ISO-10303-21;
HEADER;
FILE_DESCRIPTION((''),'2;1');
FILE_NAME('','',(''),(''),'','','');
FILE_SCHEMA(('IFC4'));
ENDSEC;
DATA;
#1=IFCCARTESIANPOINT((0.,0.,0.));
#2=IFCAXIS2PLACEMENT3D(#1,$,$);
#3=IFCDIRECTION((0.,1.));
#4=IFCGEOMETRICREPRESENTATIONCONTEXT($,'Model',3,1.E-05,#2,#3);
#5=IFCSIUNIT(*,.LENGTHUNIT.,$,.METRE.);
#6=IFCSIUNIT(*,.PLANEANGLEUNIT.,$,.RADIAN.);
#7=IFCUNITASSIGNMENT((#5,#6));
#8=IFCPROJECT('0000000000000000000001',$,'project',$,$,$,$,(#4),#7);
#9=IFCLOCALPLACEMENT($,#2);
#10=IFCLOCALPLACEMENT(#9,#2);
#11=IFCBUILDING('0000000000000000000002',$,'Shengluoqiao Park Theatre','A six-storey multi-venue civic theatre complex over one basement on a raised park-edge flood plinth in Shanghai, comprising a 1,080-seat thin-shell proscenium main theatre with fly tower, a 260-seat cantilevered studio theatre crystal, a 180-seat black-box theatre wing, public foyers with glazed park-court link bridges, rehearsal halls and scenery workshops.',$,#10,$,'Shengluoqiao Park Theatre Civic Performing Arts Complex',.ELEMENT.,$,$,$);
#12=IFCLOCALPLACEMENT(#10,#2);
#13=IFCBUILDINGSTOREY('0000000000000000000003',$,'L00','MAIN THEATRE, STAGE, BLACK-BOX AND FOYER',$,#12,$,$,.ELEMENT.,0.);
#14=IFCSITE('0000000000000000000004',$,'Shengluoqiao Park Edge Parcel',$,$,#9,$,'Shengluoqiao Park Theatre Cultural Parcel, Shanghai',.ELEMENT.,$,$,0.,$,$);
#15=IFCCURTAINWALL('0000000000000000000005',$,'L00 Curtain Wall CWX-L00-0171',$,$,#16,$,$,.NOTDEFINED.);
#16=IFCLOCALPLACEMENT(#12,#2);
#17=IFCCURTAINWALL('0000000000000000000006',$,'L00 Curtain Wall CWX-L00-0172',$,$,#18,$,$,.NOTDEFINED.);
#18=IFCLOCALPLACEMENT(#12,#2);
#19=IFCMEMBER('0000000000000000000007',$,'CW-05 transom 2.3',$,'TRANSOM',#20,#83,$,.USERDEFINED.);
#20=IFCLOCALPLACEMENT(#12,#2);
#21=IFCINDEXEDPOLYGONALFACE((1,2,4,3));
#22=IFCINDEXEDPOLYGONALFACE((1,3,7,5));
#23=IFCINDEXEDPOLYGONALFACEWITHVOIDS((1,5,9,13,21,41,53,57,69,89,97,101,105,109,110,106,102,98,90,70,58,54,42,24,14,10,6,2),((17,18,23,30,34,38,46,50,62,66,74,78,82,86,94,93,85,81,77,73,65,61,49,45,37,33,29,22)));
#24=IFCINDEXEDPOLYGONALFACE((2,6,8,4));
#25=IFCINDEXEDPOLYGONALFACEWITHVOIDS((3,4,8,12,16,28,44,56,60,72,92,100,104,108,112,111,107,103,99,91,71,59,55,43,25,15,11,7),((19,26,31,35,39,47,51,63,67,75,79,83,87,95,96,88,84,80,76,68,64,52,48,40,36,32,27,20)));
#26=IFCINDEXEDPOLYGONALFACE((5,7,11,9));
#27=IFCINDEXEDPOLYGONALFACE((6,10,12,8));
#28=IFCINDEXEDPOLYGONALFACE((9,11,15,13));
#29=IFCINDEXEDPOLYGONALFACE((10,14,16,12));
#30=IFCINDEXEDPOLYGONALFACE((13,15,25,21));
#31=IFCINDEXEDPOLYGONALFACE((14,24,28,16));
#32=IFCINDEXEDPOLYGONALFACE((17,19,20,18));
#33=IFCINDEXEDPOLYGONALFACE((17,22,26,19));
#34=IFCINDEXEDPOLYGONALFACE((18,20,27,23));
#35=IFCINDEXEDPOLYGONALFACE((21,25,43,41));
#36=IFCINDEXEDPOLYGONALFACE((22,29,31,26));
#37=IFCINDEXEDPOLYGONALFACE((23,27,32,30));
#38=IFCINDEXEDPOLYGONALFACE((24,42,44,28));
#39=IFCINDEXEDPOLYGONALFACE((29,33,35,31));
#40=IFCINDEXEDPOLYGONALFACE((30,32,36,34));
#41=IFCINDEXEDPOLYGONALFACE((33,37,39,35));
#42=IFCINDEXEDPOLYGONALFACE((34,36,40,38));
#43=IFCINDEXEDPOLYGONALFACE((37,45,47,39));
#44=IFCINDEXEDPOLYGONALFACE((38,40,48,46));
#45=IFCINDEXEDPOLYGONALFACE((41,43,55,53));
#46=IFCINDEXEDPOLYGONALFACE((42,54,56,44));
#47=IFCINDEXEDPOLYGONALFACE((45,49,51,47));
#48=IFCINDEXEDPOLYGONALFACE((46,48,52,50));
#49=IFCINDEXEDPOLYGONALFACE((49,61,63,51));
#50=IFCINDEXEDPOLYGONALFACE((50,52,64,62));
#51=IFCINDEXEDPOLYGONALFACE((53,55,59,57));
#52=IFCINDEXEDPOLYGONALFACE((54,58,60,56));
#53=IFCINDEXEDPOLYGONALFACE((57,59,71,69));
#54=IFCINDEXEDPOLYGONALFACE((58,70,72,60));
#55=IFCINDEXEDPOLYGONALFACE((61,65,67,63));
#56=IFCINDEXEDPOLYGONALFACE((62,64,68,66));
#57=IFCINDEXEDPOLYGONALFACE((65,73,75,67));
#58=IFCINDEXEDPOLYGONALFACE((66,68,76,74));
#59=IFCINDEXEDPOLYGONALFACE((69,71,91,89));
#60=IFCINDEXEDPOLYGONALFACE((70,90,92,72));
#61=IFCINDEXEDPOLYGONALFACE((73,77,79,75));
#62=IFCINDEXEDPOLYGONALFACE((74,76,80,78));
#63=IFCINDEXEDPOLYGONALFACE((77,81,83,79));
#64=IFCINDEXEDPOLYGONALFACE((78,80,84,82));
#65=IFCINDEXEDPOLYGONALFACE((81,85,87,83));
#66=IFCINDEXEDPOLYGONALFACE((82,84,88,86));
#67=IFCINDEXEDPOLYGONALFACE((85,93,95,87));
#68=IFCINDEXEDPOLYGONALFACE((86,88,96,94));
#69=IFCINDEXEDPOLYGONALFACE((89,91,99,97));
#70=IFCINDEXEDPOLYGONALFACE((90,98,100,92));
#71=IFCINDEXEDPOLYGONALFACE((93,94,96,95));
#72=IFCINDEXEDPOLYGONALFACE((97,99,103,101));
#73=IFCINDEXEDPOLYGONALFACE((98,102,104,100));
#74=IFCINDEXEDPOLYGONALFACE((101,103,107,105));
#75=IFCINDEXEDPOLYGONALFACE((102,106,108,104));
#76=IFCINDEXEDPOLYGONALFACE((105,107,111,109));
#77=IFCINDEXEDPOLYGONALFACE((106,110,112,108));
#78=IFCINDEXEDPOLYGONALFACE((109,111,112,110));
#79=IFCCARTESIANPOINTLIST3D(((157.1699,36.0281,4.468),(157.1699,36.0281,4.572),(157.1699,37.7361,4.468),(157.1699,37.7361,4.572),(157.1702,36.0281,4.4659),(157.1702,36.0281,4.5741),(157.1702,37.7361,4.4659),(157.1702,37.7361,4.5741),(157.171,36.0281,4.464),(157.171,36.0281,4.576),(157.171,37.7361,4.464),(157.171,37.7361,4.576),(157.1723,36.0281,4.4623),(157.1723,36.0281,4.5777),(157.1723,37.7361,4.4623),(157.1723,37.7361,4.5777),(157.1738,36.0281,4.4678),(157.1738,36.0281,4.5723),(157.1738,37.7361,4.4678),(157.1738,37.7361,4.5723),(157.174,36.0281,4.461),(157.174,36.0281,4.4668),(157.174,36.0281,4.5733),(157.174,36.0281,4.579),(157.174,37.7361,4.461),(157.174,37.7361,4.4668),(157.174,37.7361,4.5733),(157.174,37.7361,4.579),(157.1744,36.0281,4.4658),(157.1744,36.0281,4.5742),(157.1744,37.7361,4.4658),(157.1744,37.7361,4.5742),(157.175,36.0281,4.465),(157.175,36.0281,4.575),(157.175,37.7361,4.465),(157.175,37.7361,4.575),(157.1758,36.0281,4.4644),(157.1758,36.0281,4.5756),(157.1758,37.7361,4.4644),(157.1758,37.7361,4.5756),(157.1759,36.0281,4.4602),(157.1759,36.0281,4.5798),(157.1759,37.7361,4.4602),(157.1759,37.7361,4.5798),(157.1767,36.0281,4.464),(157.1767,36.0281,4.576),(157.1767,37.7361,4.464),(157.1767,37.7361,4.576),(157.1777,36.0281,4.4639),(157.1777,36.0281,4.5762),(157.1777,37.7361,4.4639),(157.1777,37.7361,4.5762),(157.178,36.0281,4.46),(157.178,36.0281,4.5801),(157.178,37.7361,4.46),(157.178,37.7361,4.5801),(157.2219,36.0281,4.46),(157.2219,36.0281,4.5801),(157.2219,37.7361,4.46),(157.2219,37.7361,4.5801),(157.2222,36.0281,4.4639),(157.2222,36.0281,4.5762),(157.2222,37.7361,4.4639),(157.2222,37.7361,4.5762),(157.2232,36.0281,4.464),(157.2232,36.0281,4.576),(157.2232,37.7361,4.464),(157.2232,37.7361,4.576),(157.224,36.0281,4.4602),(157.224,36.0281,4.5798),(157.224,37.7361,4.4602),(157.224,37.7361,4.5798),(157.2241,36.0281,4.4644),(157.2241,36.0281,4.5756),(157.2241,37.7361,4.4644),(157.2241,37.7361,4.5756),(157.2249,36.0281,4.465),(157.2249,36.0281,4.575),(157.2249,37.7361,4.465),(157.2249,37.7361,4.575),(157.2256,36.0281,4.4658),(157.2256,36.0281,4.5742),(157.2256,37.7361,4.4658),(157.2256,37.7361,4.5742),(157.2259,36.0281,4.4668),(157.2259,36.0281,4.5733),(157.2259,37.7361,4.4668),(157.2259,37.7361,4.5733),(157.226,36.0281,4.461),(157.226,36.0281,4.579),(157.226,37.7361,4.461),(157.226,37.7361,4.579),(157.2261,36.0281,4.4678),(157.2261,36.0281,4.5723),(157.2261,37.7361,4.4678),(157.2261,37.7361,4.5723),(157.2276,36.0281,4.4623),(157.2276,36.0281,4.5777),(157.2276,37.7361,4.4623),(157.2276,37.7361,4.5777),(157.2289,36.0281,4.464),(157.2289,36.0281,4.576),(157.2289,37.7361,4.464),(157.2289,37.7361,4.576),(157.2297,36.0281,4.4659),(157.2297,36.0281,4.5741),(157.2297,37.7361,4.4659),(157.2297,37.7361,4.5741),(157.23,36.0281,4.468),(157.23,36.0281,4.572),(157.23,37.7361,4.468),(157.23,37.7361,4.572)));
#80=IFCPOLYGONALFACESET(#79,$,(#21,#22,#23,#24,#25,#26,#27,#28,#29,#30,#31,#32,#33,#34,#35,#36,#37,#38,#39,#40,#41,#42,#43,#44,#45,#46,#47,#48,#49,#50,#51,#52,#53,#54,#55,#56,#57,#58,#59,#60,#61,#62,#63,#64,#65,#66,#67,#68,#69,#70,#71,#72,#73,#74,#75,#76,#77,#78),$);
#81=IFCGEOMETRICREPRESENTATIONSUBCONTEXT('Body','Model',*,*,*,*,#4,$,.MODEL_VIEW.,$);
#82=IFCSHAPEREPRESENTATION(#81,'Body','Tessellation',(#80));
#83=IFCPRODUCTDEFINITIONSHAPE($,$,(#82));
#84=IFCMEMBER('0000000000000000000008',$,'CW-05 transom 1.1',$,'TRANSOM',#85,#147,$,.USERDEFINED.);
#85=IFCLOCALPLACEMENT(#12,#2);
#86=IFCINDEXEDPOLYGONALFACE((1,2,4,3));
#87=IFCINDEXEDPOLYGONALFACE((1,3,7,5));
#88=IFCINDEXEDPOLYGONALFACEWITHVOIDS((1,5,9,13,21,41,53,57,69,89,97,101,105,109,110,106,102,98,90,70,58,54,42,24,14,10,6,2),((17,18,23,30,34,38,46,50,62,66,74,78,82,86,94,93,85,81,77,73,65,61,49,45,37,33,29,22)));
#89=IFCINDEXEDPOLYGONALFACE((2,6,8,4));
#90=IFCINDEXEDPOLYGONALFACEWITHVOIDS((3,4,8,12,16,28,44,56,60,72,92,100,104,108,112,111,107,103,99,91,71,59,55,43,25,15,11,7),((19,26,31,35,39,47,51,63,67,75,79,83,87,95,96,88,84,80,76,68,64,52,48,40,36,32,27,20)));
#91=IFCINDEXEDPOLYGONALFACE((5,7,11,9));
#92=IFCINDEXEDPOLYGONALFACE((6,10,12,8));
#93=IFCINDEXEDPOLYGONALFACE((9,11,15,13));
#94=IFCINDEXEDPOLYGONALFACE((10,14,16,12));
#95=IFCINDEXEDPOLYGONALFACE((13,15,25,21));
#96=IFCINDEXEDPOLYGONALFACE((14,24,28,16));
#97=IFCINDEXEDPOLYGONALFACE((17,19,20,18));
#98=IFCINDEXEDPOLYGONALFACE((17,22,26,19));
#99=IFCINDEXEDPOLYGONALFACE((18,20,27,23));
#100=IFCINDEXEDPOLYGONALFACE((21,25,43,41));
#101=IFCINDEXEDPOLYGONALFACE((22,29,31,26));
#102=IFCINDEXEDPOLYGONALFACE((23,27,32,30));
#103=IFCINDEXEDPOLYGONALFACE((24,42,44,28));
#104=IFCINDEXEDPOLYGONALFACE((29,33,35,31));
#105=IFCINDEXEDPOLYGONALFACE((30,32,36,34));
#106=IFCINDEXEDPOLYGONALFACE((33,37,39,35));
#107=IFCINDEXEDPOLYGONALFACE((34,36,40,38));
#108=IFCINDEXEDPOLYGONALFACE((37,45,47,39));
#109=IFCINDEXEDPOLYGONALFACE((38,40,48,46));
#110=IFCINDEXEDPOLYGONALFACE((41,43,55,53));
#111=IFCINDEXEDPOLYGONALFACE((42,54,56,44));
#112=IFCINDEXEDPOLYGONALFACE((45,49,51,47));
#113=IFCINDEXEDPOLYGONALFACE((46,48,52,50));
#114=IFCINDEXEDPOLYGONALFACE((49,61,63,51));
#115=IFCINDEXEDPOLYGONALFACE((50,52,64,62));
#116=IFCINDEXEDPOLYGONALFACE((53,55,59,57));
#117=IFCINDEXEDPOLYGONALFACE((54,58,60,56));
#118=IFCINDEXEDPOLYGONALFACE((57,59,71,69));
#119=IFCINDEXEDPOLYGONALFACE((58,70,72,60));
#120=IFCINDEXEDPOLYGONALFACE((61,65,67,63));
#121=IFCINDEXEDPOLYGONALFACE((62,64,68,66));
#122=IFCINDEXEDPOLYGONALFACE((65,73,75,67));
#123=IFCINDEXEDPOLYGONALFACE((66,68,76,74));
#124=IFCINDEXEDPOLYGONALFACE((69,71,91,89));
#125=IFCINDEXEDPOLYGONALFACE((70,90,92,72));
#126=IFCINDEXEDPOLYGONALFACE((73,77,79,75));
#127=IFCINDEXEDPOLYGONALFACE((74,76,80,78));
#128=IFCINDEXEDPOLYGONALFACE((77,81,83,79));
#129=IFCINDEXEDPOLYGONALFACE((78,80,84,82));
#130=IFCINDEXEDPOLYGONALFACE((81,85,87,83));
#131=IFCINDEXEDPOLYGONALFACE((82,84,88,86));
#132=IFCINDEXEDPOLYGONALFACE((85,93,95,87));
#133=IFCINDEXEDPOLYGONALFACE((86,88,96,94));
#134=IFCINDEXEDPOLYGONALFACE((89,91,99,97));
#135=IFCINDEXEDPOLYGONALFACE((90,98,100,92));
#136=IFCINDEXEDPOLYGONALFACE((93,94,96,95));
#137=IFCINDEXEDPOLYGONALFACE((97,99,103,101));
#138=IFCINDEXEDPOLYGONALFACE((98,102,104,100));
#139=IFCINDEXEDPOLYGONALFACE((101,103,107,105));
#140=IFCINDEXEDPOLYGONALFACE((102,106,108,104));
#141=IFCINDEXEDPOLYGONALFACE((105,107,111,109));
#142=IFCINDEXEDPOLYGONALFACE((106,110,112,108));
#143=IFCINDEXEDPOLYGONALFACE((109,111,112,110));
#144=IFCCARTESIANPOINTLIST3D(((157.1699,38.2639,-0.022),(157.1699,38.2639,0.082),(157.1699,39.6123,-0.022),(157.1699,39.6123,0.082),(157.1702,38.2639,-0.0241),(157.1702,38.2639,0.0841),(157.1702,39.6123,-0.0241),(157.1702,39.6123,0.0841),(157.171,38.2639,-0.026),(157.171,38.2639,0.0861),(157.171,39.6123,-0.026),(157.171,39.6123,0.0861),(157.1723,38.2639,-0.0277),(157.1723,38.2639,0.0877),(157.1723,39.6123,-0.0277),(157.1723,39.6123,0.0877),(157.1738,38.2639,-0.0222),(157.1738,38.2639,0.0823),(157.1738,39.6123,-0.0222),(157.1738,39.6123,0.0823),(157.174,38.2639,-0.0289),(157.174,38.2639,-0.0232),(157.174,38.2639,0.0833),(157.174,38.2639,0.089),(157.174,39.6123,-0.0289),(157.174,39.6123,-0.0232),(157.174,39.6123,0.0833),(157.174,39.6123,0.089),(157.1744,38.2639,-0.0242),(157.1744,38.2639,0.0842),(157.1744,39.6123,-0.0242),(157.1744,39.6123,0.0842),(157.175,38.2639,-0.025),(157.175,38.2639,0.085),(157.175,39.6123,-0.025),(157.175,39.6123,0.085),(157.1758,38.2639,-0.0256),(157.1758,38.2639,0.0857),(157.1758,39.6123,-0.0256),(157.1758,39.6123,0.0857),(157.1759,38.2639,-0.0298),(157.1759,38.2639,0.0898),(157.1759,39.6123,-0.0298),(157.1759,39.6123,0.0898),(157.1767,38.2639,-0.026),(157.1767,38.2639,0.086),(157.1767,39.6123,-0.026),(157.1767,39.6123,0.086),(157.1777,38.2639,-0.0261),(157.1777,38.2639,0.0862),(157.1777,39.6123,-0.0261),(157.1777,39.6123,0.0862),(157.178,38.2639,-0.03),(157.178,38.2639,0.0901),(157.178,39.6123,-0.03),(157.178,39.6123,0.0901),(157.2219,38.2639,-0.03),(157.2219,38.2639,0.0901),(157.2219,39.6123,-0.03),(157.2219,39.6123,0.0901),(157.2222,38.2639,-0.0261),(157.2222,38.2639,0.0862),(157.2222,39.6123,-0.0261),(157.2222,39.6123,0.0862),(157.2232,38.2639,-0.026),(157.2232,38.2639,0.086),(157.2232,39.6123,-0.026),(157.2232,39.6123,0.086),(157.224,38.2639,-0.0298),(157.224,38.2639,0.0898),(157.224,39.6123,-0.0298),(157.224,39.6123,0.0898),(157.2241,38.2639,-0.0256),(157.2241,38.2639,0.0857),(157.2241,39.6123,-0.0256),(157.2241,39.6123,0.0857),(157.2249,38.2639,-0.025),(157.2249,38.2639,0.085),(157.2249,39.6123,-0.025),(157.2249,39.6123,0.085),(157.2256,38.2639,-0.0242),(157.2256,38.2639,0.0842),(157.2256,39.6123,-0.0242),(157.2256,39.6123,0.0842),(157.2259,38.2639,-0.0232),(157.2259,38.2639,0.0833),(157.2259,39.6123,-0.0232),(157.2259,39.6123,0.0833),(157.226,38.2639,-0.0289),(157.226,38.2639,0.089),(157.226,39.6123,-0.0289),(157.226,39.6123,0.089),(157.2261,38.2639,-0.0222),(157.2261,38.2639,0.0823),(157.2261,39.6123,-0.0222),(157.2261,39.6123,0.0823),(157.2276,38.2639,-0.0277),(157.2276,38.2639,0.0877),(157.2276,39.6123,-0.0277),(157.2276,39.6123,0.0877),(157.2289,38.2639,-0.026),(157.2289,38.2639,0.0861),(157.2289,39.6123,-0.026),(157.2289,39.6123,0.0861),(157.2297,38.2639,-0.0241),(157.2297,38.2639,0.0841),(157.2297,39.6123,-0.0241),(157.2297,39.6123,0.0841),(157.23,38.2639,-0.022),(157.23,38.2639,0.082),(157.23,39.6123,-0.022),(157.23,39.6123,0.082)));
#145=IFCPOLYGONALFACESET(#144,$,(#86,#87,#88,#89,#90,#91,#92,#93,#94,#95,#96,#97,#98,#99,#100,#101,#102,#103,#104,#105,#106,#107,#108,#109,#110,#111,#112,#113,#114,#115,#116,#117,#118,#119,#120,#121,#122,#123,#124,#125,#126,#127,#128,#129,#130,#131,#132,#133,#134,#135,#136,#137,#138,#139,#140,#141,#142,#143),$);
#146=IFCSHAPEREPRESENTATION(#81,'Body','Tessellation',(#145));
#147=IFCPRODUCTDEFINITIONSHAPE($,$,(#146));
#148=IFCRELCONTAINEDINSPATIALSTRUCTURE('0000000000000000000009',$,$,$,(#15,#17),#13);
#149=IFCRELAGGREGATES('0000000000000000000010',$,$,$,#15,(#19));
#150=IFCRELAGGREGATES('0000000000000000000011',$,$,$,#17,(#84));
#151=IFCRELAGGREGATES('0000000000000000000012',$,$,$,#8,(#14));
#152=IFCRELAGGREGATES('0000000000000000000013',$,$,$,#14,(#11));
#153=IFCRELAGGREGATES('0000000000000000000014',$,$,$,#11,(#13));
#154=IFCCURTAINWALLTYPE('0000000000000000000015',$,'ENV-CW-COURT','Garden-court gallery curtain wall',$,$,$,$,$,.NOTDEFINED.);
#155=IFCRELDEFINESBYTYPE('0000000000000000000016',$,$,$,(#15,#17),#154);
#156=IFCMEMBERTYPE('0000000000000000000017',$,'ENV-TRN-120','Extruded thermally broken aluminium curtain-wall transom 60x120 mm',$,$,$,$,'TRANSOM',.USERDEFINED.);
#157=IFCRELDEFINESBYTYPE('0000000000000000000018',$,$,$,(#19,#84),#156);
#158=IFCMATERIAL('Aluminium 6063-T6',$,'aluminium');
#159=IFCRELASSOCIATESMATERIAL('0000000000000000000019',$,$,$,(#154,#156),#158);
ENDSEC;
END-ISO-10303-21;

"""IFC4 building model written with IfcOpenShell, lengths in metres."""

from ifc_helpers import new_model, si_unit, direction, frame, origin, origin_2d, place, context, subcontext, project, spatial, hollow_rectangle, extrude, material, material_profile, profile_set, type_object, element, aggregate, save


model = new_model("IFC4")

# Units and contexts
model_context = context("Model", 3, precision=1e-05, world=origin(), true_north=direction((0.0, 1.0)))
body_context = subcontext(model_context, "Body", "Model", "MODEL_VIEW")
ifc_project = project(units=[si_unit("LENGTHUNIT", "METRE"), si_unit("PLANEANGLEUNIT", "RADIAN")], contexts=[model_context])

# Site, building, storey
site_placement = place(None, origin())
site = spatial("IfcSite", under=ifc_project, at=site_placement, Name="Shengluoqiao Park Edge Parcel", LongName="Shengluoqiao Park Theatre Cultural Parcel, Shanghai", CompositionType="ELEMENT", RefElevation=0.0)
building_placement = place(site_placement, origin())
building = spatial("IfcBuilding", under=site, at=building_placement, Name="Shengluoqiao Park Theatre", Description="A six-storey multi-venue civic theatre complex over one basement on a raised park-edge flood plinth in Shanghai, comprising a 1,080-seat thin-shell proscenium main theatre with fly tower, a 260-seat cantilevered studio theatre crystal, a 180-seat black-box theatre wing, public foyers with glazed park-court link bridges, rehearsal halls and scenery workshops.", LongName="Shengluoqiao Park Theatre Civic Performing Arts Complex", CompositionType="ELEMENT")
storey_placement = place(building_placement, origin())
storey = spatial("IfcBuildingStorey", under=building, at=storey_placement, Name="L00", Description="MAIN THEATRE, STAGE, BLACK-BOX AND FOYER", CompositionType="ELEMENT", Elevation=0.0)

# Shared definitions
ifc_material_1 = material(Name="Aluminium 6063-T6", Category="aluminium")
curtain_wall_type = type_object("IfcCurtainWallType", Name="ENV-CW-COURT", Description="Garden-court gallery curtain wall", PredefinedType="NOTDEFINED", material=ifc_material_1)

# Curtain walls
curtain_wall_1_placement = place(storey_placement, origin())
curtain_wall_1 = element("IfcCurtainWall", 1, at=curtain_wall_1_placement, inside=storey, type_object=curtain_wall_type, Name="L00 Curtain Wall CWX-L00-0171", PredefinedType="NOTDEFINED")
curtain_wall_2_placement = place(storey_placement, origin())
curtain_wall_2 = element("IfcCurtainWall", 2, at=curtain_wall_2_placement, inside=storey, type_object=curtain_wall_type, Name="L00 Curtain Wall CWX-L00-0172", PredefinedType="NOTDEFINED")

# Members
ifc_material_profile_1 = material_profile(ifc_material_1, hollow_rectangle(XDim=0.0601, YDim=0.1201, WallThickness=0.0039, InnerFilletRadius=0.0039, OuterFilletRadius=0.0081, at=origin_2d()), Name="ALU TRANSOM 120x60x4")
ifc_profile_set_1 = profile_set([ifc_material_profile_1], Name="Aluminium 6063-T6")
member_type_1 = type_object("IfcMemberType", Name="ENV-TRN-120", Description="Extruded thermally broken aluminium curtain-wall transom 60x120 mm", ElementType="TRANSOM", PredefinedType="USERDEFINED", material=ifc_profile_set_1)
member_1_placement = place(storey_placement, frame((157.2, 36.0281, 4.52), z_axis=(0.0, 1.0, 0.0), x_axis=(-1.0, 0.0, 0.0)))
member_1 = element("IfcMember", 3, at=member_1_placement, type_object=member_type_1, Name="CW-05 transom 2.3", ObjectType="TRANSOM", PredefinedType="USERDEFINED", context=body_context, shape_type="SweptSolid", body=[
    extrude(hollow_rectangle(XDim=0.0601, YDim=0.1201, WallThickness=0.0039, InnerFilletRadius=0.0039, OuterFilletRadius=0.0081, at=origin_2d()), origin(), (0.0, 0.0, 1.0), 1.708),
])
member_2_placement = place(storey_placement, frame((157.2, 38.2639, 0.03), z_axis=(0.0, 1.0, 0.0), x_axis=(-1.0, 0.0, 0.0)))
member_2 = element("IfcMember", 4, at=member_2_placement, type_object=member_type_1, Name="CW-05 transom 1.1", ObjectType="TRANSOM", PredefinedType="USERDEFINED", context=body_context, shape_type="SweptSolid", body=[
    extrude(hollow_rectangle(XDim=0.0601, YDim=0.1201, WallThickness=0.0039, InnerFilletRadius=0.0039, OuterFilletRadius=0.0081, at=origin_2d()), origin(), (0.0, 0.0, 1.0), 1.3484),
])

aggregate(curtain_wall_1, [member_1])
aggregate(curtain_wall_2, [member_2])

save(model, "model.ifc")
